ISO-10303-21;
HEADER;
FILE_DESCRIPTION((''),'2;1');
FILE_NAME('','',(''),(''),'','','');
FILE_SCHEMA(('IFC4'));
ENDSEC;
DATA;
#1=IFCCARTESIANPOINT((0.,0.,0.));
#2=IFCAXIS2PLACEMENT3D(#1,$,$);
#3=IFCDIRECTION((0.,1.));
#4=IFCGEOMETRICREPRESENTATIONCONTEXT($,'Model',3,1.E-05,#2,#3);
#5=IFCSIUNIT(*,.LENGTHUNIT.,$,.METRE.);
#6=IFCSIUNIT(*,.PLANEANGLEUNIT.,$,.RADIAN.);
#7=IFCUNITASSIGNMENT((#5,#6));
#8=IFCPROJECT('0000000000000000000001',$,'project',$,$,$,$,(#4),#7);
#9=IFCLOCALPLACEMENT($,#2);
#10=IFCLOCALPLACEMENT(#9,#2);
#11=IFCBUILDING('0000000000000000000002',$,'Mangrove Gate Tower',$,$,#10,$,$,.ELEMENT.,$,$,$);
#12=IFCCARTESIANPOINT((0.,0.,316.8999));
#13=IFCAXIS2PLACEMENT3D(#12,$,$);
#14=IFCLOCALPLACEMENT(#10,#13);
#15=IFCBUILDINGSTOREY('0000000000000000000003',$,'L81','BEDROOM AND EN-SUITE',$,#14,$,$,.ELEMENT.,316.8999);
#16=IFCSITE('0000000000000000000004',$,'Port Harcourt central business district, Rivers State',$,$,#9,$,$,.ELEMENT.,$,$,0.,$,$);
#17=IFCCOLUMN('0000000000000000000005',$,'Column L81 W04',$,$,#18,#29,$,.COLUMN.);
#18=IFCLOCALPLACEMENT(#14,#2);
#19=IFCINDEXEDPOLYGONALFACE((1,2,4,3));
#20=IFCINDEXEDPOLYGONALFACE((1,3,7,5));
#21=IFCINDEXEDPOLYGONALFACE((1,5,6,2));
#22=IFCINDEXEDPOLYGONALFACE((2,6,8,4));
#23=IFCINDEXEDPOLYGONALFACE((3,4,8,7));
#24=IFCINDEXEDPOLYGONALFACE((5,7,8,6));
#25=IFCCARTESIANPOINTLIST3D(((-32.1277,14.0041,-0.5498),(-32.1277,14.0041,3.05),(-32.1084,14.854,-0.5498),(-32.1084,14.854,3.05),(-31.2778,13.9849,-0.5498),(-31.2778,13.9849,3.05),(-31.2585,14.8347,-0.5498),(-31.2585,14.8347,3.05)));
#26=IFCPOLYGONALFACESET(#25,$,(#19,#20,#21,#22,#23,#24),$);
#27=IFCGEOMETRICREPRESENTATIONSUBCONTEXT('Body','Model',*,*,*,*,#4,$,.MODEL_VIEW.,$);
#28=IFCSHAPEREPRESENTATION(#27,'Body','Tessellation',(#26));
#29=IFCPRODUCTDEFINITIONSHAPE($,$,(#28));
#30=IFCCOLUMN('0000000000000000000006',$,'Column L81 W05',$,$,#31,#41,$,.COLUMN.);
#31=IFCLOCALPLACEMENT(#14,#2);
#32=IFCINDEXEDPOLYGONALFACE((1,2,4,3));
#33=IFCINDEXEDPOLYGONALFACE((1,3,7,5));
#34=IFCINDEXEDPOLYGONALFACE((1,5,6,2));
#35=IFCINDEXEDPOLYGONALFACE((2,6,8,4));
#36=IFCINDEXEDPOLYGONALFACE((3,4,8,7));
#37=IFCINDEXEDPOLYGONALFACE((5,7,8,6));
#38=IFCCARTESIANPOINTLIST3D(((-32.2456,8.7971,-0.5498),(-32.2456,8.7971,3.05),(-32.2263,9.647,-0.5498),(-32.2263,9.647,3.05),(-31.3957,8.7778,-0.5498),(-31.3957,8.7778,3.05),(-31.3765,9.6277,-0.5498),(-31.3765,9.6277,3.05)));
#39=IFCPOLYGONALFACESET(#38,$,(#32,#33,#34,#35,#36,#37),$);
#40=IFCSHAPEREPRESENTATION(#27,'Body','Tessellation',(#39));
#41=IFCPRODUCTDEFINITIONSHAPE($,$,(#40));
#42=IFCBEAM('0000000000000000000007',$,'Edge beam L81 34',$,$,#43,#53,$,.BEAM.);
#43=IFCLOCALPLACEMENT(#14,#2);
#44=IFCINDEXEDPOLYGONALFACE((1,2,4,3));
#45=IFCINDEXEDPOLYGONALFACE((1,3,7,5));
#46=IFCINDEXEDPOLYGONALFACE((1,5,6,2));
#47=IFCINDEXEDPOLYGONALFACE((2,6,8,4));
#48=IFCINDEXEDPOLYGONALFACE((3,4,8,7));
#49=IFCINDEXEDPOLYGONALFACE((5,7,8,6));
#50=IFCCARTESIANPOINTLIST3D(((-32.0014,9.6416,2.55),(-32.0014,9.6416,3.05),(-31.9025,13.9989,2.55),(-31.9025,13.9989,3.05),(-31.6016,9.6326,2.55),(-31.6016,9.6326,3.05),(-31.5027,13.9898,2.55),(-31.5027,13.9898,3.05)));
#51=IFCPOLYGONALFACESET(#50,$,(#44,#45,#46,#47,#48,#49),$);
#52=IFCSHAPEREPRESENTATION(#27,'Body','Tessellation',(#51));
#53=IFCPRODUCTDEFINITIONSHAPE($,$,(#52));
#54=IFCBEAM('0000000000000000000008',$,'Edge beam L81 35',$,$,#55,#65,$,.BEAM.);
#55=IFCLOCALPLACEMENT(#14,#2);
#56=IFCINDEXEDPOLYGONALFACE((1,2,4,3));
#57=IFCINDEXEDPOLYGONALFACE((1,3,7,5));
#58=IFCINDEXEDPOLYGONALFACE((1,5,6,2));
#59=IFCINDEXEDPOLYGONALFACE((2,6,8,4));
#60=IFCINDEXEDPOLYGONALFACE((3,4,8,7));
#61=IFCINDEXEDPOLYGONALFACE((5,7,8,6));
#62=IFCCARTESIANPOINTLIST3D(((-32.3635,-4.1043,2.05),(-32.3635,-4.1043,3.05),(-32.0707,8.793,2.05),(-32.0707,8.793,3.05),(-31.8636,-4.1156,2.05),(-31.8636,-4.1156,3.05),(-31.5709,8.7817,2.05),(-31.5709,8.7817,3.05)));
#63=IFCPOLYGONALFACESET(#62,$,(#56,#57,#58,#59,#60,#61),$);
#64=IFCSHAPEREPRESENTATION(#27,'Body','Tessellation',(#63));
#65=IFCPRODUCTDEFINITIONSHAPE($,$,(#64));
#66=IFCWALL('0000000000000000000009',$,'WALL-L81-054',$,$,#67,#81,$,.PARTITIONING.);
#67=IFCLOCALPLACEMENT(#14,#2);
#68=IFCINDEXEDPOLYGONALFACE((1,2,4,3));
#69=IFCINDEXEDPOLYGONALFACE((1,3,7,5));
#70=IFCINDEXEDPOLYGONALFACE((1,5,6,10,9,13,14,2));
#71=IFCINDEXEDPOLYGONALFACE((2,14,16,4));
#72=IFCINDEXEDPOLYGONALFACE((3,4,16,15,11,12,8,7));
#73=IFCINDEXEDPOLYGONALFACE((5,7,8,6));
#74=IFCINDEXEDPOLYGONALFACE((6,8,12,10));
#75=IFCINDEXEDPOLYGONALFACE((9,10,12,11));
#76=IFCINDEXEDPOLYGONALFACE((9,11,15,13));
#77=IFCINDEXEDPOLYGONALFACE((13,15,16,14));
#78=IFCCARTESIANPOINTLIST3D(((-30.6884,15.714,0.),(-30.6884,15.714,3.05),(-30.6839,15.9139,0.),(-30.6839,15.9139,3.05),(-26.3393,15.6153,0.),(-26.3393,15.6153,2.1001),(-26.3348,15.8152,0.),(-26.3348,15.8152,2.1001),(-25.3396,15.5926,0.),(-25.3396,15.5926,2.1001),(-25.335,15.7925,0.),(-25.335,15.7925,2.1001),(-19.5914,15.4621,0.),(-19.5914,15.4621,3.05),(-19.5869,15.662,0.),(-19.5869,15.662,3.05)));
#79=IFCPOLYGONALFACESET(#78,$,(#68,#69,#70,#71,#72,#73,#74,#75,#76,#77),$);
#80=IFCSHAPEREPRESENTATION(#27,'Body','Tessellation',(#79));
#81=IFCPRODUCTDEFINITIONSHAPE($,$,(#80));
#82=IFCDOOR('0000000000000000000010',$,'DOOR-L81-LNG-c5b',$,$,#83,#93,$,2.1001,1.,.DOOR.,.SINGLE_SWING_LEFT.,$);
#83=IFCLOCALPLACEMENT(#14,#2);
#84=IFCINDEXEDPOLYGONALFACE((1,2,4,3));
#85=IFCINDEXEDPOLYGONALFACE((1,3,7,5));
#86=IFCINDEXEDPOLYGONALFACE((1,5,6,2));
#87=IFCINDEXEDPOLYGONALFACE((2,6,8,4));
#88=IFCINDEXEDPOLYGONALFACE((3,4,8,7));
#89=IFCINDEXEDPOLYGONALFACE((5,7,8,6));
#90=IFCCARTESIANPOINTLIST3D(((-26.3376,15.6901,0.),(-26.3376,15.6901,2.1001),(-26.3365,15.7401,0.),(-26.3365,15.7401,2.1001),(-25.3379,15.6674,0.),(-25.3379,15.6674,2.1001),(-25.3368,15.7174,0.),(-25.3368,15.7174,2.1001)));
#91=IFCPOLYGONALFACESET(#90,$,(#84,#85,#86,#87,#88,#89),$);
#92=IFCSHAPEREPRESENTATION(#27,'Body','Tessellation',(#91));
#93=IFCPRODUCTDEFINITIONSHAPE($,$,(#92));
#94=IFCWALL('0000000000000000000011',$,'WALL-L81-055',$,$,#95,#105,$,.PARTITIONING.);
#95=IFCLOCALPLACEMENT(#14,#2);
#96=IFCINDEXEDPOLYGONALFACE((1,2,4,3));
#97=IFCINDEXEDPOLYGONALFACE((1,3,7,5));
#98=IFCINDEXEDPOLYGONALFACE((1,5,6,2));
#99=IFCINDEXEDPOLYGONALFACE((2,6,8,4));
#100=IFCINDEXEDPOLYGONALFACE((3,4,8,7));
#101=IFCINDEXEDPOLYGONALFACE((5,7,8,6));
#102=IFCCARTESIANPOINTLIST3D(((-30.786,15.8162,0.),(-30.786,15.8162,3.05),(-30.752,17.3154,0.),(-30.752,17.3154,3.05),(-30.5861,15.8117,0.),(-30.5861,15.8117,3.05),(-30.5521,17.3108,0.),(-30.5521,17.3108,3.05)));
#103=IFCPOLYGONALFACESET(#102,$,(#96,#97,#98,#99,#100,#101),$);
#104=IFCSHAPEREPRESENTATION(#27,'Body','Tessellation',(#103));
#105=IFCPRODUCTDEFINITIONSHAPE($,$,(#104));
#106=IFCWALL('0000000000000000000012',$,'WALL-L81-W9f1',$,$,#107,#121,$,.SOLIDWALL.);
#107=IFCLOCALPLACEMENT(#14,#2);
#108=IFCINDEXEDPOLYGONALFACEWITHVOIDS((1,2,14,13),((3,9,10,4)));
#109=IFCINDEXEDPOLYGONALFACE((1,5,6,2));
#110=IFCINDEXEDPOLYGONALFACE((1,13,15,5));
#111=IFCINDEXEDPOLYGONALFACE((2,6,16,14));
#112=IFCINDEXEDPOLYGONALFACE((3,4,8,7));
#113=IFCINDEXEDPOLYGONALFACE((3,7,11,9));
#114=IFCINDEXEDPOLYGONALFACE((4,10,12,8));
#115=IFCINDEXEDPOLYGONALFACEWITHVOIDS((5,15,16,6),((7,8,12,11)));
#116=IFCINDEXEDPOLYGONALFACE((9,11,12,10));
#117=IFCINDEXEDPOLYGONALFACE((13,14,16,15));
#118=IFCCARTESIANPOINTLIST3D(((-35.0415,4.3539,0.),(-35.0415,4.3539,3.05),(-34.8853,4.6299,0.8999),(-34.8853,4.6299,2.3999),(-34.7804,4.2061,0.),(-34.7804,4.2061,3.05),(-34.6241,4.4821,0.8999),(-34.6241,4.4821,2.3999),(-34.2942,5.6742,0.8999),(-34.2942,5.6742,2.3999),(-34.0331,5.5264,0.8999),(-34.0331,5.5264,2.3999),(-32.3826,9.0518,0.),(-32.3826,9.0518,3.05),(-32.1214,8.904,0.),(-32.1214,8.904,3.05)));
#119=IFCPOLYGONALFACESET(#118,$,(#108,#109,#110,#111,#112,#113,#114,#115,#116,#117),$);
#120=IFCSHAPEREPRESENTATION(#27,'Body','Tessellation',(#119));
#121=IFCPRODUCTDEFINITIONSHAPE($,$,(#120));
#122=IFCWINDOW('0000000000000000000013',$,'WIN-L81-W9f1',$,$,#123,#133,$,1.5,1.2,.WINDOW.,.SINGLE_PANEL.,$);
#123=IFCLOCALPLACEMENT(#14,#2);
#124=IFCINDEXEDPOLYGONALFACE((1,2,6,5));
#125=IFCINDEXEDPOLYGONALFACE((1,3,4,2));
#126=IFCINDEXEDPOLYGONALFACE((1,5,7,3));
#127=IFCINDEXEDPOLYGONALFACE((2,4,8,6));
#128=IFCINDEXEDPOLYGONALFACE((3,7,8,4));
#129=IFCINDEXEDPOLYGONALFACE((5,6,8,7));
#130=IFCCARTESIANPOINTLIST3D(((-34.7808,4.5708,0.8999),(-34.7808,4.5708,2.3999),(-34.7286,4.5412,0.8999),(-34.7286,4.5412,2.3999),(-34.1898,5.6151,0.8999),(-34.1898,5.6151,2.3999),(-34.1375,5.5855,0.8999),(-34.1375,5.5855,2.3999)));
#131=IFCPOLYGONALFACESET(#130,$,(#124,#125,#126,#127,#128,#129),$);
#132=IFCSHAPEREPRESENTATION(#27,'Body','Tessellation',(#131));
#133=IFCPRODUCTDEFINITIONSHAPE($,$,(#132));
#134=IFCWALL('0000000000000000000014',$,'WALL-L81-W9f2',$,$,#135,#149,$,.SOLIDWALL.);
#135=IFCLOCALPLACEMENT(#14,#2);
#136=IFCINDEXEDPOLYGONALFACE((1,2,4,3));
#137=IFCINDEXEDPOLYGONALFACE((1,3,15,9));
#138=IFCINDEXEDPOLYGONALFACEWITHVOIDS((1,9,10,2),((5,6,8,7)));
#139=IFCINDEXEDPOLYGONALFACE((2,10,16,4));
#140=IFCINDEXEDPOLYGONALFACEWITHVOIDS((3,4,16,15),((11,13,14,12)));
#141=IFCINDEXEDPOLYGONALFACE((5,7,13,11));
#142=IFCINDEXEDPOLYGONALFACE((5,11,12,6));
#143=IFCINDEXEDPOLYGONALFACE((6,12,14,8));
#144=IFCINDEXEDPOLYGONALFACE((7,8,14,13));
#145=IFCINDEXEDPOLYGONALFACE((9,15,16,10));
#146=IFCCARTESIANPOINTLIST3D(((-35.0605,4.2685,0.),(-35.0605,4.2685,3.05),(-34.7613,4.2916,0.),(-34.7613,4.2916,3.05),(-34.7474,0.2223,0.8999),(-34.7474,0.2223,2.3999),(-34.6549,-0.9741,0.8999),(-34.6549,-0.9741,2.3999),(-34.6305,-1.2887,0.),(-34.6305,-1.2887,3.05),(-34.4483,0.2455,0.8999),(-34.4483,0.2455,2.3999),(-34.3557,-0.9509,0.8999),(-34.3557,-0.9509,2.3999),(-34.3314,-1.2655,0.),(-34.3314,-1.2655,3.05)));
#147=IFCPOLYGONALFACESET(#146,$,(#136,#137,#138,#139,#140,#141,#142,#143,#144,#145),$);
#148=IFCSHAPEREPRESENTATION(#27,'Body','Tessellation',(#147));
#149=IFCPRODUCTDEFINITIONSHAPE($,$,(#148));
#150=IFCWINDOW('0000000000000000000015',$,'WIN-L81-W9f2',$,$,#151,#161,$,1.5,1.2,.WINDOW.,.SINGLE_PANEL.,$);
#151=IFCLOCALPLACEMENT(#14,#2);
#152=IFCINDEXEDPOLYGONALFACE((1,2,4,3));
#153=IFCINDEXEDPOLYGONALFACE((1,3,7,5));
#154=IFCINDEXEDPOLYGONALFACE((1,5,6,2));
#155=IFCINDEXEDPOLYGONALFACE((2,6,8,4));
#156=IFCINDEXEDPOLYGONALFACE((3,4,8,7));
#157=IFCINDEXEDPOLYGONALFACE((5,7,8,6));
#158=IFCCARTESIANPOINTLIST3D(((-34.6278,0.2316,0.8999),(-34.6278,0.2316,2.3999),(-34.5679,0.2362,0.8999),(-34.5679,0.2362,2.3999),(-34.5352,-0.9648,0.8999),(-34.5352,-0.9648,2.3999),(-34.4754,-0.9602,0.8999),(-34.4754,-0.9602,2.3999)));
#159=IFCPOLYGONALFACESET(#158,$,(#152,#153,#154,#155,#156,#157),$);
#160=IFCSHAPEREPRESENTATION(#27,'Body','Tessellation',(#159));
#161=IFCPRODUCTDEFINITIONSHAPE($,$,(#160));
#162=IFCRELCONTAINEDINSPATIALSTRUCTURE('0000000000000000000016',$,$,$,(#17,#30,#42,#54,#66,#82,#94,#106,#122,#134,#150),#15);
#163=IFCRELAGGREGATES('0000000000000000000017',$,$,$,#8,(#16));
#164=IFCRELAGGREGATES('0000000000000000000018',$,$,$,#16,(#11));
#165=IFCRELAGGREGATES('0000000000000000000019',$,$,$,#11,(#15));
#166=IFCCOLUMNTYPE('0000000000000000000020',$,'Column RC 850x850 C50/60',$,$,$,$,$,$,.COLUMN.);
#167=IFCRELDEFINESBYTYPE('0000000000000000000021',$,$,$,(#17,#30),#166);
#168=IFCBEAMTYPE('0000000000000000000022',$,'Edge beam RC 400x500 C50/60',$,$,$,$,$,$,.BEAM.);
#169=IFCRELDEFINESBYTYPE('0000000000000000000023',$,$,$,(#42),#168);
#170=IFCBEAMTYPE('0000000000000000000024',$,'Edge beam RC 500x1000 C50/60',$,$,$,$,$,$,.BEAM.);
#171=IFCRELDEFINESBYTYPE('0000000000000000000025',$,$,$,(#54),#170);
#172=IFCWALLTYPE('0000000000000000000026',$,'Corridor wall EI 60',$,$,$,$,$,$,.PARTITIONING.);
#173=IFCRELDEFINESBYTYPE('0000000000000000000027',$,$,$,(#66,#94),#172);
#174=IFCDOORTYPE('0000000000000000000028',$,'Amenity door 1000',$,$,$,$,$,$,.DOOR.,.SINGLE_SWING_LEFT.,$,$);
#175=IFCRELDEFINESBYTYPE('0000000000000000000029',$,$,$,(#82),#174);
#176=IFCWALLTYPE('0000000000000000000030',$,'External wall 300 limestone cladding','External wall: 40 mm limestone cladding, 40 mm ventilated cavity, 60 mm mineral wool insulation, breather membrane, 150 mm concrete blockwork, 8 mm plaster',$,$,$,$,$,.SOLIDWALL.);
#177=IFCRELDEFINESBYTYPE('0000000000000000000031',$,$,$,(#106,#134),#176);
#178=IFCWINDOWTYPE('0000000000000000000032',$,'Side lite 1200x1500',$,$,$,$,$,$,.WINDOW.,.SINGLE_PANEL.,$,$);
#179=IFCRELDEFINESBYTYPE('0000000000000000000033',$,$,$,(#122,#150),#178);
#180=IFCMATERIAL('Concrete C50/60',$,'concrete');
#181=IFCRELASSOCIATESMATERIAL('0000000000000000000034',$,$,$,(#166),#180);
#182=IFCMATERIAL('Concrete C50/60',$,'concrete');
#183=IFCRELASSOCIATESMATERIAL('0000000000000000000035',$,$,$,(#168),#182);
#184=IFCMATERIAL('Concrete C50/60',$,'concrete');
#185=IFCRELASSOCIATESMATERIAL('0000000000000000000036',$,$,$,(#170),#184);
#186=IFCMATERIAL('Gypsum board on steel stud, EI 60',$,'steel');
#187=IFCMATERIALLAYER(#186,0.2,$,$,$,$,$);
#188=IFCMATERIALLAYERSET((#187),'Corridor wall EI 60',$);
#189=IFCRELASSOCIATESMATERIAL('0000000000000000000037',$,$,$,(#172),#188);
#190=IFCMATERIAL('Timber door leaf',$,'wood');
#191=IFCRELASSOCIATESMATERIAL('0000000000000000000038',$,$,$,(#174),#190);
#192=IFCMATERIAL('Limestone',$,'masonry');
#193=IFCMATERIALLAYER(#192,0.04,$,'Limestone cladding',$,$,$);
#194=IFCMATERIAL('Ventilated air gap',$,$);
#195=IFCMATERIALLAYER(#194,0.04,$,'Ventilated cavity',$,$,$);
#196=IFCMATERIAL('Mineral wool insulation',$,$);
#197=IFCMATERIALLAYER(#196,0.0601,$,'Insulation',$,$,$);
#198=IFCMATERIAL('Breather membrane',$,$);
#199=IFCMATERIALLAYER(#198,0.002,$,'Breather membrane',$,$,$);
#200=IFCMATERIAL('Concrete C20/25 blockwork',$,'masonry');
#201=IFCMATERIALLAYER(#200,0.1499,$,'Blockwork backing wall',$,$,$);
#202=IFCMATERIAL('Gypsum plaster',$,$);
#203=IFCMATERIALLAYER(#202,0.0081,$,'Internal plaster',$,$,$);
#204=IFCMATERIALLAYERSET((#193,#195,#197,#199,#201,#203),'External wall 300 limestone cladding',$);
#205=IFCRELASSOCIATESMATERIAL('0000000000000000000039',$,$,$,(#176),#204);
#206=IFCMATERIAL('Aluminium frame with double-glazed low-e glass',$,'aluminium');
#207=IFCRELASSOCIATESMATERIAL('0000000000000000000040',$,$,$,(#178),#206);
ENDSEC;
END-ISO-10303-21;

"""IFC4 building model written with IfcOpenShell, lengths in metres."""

from ifc_helpers import new_model, si_unit, direction, frame, frame_2d, origin, origin_2d, place, context, subcontext, project, spatial, rectangle, extrude, material, layer, layer_set, material_profile, profile_set, type_object, element, fill, save


model = new_model("IFC4")

# Units and contexts
model_context = context("Model", 3, precision=1e-05, world=origin(), true_north=direction((0.0, 1.0)))
body_context = subcontext(model_context, "Body", "Model", "MODEL_VIEW")
ifc_project = project(units=[si_unit("LENGTHUNIT", "METRE"), si_unit("PLANEANGLEUNIT", "RADIAN")], contexts=[model_context])

# Site, building, storey
site_placement = place(None, origin())
site = spatial("IfcSite", under=ifc_project, at=site_placement, Name="Port Harcourt central business district, Rivers State", CompositionType="ELEMENT", RefElevation=0.0)
building_placement = place(site_placement, origin())
building = spatial("IfcBuilding", under=site, at=building_placement, Name="Mangrove Gate Tower", CompositionType="ELEMENT")
storey_placement = place(building_placement, frame((0.0, 0.0, 316.8999)))
storey = spatial("IfcBuildingStorey", under=building, at=storey_placement, Name="L81", Description="BEDROOM AND EN-SUITE", CompositionType="ELEMENT", Elevation=316.8999)

# Columns
ifc_material_1 = material(Name="Concrete C50/60", Category="concrete")
ifc_material_profile_1 = material_profile(ifc_material_1, rectangle(XDim=0.8501, YDim=0.8501, at=origin_2d()))
ifc_profile_set_1 = profile_set([ifc_material_profile_1], Name="Concrete C50/60")
column_type = type_object("IfcColumnType", Name="Column RC 850x850 C50/60", PredefinedType="COLUMN", material=ifc_profile_set_1)
for number, where, z_axis, x_axis, name in (
    (1, (-31.6931, 14.4194, -0.5498), (0.0, 0.0, 1.0), (-0.022656, -0.999743, 0.0), "Column L81 W04"),
    (2, (-31.811, 9.2124, -0.5498), (0.0, 0.0, 1.0), (-0.022681, -0.999743, 0.0), "Column L81 W05"),
):
    element("IfcColumn", number, at=place(storey_placement, frame(where, z_axis=z_axis, x_axis=x_axis)), inside=storey, type_object=column_type, Name=name, PredefinedType="COLUMN", context=body_context, shape_type="SweptSolid", body=[
        extrude(rectangle(XDim=0.8501, YDim=0.8501, at=origin_2d()), origin(), (0.0, 0.0, 1.0), 3.5999),
    ])

# Beams
ifc_material_2 = material(Name="Concrete C50/60", Category="concrete")
ifc_material_profile_2 = material_profile(ifc_material_2, rectangle(XDim=0.3999, YDim=0.5, at=origin_2d()))
ifc_profile_set_2 = profile_set([ifc_material_profile_2], Name="Concrete C50/60")
beam_type_1 = type_object("IfcBeamType", Name="Edge beam RC 400x500 C50/60", PredefinedType="BEAM", material=ifc_profile_set_2)
beam_1_placement = place(storey_placement, frame((-31.7026, 13.9944, 2.8), z_axis=(-0.022687, -0.999743, 0.0), x_axis=(0.999743, -0.022687, 0.0)))
element("IfcBeam", 3, at=beam_1_placement, inside=storey, type_object=beam_type_1, Name="Edge beam L81 34", PredefinedType="BEAM", context=body_context, shape_type="SweptSolid", body=[
    extrude(rectangle(XDim=0.3999, YDim=0.5, at=origin_2d()), origin(), (0.0, 0.0, 1.0), 4.3584),
])
ifc_material_3 = material(Name="Concrete C50/60", Category="concrete")
ifc_material_profile_3 = material_profile(ifc_material_3, rectangle(XDim=0.5, YDim=1.0, at=origin_2d()))
ifc_profile_set_3 = profile_set([ifc_material_profile_3], Name="Concrete C50/60")
beam_type_2 = type_object("IfcBeamType", Name="Edge beam RC 500x1000 C50/60", PredefinedType="BEAM", material=ifc_profile_set_3)
beam_2_placement = place(storey_placement, frame((-31.8208, 8.7874, 2.55), z_axis=(-0.022691, -0.999743, 0.0), x_axis=(0.999743, -0.022691, 0.0)))
element("IfcBeam", 4, at=beam_2_placement, inside=storey, type_object=beam_type_2, Name="Edge beam L81 35", PredefinedType="BEAM", context=body_context, shape_type="SweptSolid", body=[
    extrude(rectangle(XDim=0.5, YDim=1.0, at=origin_2d()), origin(), (0.0, 0.0, 1.0), 12.9006),
])

# Wall, opening, door
ifc_material_4 = material(Name="Gypsum board on steel stud, EI 60", Category="steel")
ifc_layer_1 = layer(ifc_material_4, 0.2)
ifc_layer_set_1 = layer_set([ifc_layer_1], Name="Corridor wall EI 60")
wall_type_1 = type_object("IfcWallType", Name="Corridor wall EI 60", PredefinedType="PARTITIONING", material=ifc_layer_set_1)
wall_1_placement = place(storey_placement, frame((-30.686, 15.814, 0.0), z_axis=(0.0, 0.0, 1.0), x_axis=(0.999742, -0.022699, 0.0)))
wall_1 = element("IfcWall", 5, at=wall_1_placement, inside=storey, type_object=wall_type_1, Name="WALL-L81-054", PredefinedType="PARTITIONING", context=body_context, shape_type="SweptSolid", body=[
    extrude(rectangle(XDim=11.0999, YDim=0.2, at=frame_2d((5.5498, 0.0))), origin(), (0.0, 0.0, 1.0), 3.05),
])
opening_1_placement = place(wall_1_placement, frame((4.3501, 0.0, 0.0)))
opening_1 = element("IfcOpeningElement", 6, at=opening_1_placement, cuts=wall_1, PredefinedType="OPENING", context=body_context, shape_type="SweptSolid", body=[
    extrude(rectangle(XDim=1.0, YDim=2.1001, at=frame_2d((0.5, 1.05))), frame((0.0, 0.1099, 0.0), z_axis=(0.0, -1.0, 0.0), x_axis=(1.0, 0.0, 0.0)), (0.0, 0.0, 1.0), 0.22),
])
ifc_material_5 = material(Name="Timber door leaf", Category="wood")
door_type_1 = type_object("IfcDoorType", Name="Amenity door 1000", OperationType="SINGLE_SWING_LEFT", PredefinedType="DOOR", material=ifc_material_5)
door_1_placement = place(opening_1_placement, origin())
door_1 = element("IfcDoor", 7, at=door_1_placement, inside=storey, type_object=door_type_1, Name="DOOR-L81-LNG-c5b", OperationType="SINGLE_SWING_LEFT", OverallHeight=2.1001, OverallWidth=1.0, PredefinedType="DOOR", context=body_context, shape_type="SweptSolid", body=[
    extrude(rectangle(XDim=1.0, YDim=2.1001, at=frame_2d((0.5, 1.05))), frame((0.0, 0.0249, 0.0), z_axis=(0.0, -1.0, 0.0), x_axis=(1.0, 0.0, 0.0)), (0.0, 0.0, 1.0), 0.05),
])
fill(opening_1, door_1)

# Wall
wall_2_placement = place(storey_placement, frame((-30.686, 15.814, 0.0), z_axis=(0.0, 0.0, 1.0), x_axis=(0.022633, 0.999744, 0.0)))
element("IfcWall", 8, at=wall_2_placement, inside=storey, type_object=wall_type_1, Name="WALL-L81-055", PredefinedType="PARTITIONING", context=body_context, shape_type="SweptSolid", body=[
    extrude(rectangle(XDim=1.4995, YDim=0.2, at=frame_2d((0.7498, 0.0))), origin(), (0.0, 0.0, 1.0), 3.05),
])

# Walls, openings, windows
ifc_material_6 = material(Name="Limestone", Category="masonry")
ifc_layer_2 = layer(ifc_material_6, 0.04, Name="Limestone cladding")
ifc_material_7 = material(Name="Ventilated air gap")
ifc_layer_3 = layer(ifc_material_7, 0.04, Name="Ventilated cavity")
ifc_material_8 = material(Name="Mineral wool insulation")
ifc_layer_4 = layer(ifc_material_8, 0.0601, Name="Insulation")
ifc_material_9 = material(Name="Breather membrane")
ifc_layer_5 = layer(ifc_material_9, 0.002, Name="Breather membrane")
ifc_material_10 = material(Name="Concrete C20/25 blockwork", Category="masonry")
ifc_layer_6 = layer(ifc_material_10, 0.1499, Name="Blockwork backing wall")
ifc_material_11 = material(Name="Gypsum plaster")
ifc_layer_7 = layer(ifc_material_11, 0.0081, Name="Internal plaster")
ifc_layer_set_2 = layer_set([ifc_layer_2, ifc_layer_3, ifc_layer_4, ifc_layer_5, ifc_layer_6, ifc_layer_7], Name="External wall 300 limestone cladding")
wall_type_2 = type_object("IfcWallType", Name="External wall 300 limestone cladding", Description="External wall: 40 mm limestone cladding, 40 mm ventilated cavity, 60 mm mineral wool insulation, breather membrane, 150 mm concrete blockwork, 8 mm plaster", PredefinedType="SOLIDWALL", material=ifc_layer_set_2)
wall_3_placement = place(storey_placement, frame((-32.252, 8.978, 0.0), z_axis=(0.0, 0.0, 1.0), x_axis=(-0.492555, -0.870281, 0.0)))
wall_3 = element("IfcWall", 9, at=wall_3_placement, inside=storey, type_object=wall_type_2, Name="WALL-L81-W9f1", PredefinedType="SOLIDWALL", context=body_context, shape_type="SweptSolid", body=[
    extrude(rectangle(XDim=5.3982, YDim=0.3, at=frame_2d((2.6992, 0.0))), origin(), (0.0, 0.0, 1.0), 3.05),
])
opening_2_placement = place(wall_3_placement, frame((3.8811, 0.0, 0.8999)))
opening_2 = element("IfcOpeningElement", 10, at=opening_2_placement, cuts=wall_3, PredefinedType="OPENING", context=body_context, shape_type="SweptSolid", body=[
    extrude(rectangle(XDim=1.2, YDim=1.5, at=frame_2d((0.6001, 0.75))), frame((0.0, 0.1599, 0.0), z_axis=(0.0, -1.0, 0.0), x_axis=(1.0, 0.0, 0.0)), (0.0, 0.0, 1.0), 0.3201),
])
ifc_material_12 = material(Name="Aluminium frame with double-glazed low-e glass", Category="aluminium")
window_type_1 = type_object("IfcWindowType", Name="Side lite 1200x1500", PartitioningType="SINGLE_PANEL", PredefinedType="WINDOW", material=ifc_material_12)
window_1_placement = place(opening_2_placement, origin())
window_1 = element("IfcWindow", 11, at=window_1_placement, inside=storey, type_object=window_type_1, Name="WIN-L81-W9f1", OverallHeight=1.5, OverallWidth=1.2, PartitioningType="SINGLE_PANEL", PredefinedType="WINDOW", context=body_context, shape_type="SweptSolid", body=[
    extrude(rectangle(XDim=1.2, YDim=1.5, at=frame_2d((0.6001, 0.75))), frame((0.0, 0.03, 0.0), z_axis=(0.0, -1.0, 0.0), x_axis=(1.0, 0.0, 0.0)), (0.0, 0.0, 1.0), 0.0601),
])
fill(opening_2, window_1)
wall_4_placement = place(storey_placement, frame((-34.9109, 4.28, 0.0), z_axis=(0.0, 0.0, 1.0), x_axis=(0.077135, -0.997021, 0.0)))
wall_4 = element("IfcWall", 12, at=wall_4_placement, inside=storey, type_object=wall_type_2, Name="WALL-L81-W9f2", PredefinedType="SOLIDWALL", context=body_context, shape_type="SweptSolid", body=[
    extrude(rectangle(XDim=5.5737, YDim=0.3, at=frame_2d((2.7869, 0.0))), origin(), (0.0, 0.0, 1.0), 3.05),
])
opening_3_placement = place(wall_4_placement, frame((4.0581, 0.0, 0.8999)))
opening_3 = element("IfcOpeningElement", 13, at=opening_3_placement, cuts=wall_4, PredefinedType="OPENING", context=body_context, shape_type="SweptSolid", body=[
    extrude(rectangle(XDim=1.2, YDim=1.5, at=frame_2d((0.6001, 0.75))), frame((0.0, 0.1599, 0.0), z_axis=(0.0, -1.0, 0.0), x_axis=(1.0, 0.0, 0.0)), (0.0, 0.0, 1.0), 0.3201),
])
window_2_placement = place(opening_3_placement, origin())
window_2 = element("IfcWindow", 14, at=window_2_placement, inside=storey, type_object=window_type_1, Name="WIN-L81-W9f2", OverallHeight=1.5, OverallWidth=1.2, PartitioningType="SINGLE_PANEL", PredefinedType="WINDOW", context=body_context, shape_type="SweptSolid", body=[
    extrude(rectangle(XDim=1.2, YDim=1.5, at=frame_2d((0.6001, 0.75))), frame((0.0, 0.03, 0.0), z_axis=(0.0, -1.0, 0.0), x_axis=(1.0, 0.0, 0.0)), (0.0, 0.0, 1.0), 0.0601),
])
fill(opening_3, window_2)

save(model, "model.ifc")
